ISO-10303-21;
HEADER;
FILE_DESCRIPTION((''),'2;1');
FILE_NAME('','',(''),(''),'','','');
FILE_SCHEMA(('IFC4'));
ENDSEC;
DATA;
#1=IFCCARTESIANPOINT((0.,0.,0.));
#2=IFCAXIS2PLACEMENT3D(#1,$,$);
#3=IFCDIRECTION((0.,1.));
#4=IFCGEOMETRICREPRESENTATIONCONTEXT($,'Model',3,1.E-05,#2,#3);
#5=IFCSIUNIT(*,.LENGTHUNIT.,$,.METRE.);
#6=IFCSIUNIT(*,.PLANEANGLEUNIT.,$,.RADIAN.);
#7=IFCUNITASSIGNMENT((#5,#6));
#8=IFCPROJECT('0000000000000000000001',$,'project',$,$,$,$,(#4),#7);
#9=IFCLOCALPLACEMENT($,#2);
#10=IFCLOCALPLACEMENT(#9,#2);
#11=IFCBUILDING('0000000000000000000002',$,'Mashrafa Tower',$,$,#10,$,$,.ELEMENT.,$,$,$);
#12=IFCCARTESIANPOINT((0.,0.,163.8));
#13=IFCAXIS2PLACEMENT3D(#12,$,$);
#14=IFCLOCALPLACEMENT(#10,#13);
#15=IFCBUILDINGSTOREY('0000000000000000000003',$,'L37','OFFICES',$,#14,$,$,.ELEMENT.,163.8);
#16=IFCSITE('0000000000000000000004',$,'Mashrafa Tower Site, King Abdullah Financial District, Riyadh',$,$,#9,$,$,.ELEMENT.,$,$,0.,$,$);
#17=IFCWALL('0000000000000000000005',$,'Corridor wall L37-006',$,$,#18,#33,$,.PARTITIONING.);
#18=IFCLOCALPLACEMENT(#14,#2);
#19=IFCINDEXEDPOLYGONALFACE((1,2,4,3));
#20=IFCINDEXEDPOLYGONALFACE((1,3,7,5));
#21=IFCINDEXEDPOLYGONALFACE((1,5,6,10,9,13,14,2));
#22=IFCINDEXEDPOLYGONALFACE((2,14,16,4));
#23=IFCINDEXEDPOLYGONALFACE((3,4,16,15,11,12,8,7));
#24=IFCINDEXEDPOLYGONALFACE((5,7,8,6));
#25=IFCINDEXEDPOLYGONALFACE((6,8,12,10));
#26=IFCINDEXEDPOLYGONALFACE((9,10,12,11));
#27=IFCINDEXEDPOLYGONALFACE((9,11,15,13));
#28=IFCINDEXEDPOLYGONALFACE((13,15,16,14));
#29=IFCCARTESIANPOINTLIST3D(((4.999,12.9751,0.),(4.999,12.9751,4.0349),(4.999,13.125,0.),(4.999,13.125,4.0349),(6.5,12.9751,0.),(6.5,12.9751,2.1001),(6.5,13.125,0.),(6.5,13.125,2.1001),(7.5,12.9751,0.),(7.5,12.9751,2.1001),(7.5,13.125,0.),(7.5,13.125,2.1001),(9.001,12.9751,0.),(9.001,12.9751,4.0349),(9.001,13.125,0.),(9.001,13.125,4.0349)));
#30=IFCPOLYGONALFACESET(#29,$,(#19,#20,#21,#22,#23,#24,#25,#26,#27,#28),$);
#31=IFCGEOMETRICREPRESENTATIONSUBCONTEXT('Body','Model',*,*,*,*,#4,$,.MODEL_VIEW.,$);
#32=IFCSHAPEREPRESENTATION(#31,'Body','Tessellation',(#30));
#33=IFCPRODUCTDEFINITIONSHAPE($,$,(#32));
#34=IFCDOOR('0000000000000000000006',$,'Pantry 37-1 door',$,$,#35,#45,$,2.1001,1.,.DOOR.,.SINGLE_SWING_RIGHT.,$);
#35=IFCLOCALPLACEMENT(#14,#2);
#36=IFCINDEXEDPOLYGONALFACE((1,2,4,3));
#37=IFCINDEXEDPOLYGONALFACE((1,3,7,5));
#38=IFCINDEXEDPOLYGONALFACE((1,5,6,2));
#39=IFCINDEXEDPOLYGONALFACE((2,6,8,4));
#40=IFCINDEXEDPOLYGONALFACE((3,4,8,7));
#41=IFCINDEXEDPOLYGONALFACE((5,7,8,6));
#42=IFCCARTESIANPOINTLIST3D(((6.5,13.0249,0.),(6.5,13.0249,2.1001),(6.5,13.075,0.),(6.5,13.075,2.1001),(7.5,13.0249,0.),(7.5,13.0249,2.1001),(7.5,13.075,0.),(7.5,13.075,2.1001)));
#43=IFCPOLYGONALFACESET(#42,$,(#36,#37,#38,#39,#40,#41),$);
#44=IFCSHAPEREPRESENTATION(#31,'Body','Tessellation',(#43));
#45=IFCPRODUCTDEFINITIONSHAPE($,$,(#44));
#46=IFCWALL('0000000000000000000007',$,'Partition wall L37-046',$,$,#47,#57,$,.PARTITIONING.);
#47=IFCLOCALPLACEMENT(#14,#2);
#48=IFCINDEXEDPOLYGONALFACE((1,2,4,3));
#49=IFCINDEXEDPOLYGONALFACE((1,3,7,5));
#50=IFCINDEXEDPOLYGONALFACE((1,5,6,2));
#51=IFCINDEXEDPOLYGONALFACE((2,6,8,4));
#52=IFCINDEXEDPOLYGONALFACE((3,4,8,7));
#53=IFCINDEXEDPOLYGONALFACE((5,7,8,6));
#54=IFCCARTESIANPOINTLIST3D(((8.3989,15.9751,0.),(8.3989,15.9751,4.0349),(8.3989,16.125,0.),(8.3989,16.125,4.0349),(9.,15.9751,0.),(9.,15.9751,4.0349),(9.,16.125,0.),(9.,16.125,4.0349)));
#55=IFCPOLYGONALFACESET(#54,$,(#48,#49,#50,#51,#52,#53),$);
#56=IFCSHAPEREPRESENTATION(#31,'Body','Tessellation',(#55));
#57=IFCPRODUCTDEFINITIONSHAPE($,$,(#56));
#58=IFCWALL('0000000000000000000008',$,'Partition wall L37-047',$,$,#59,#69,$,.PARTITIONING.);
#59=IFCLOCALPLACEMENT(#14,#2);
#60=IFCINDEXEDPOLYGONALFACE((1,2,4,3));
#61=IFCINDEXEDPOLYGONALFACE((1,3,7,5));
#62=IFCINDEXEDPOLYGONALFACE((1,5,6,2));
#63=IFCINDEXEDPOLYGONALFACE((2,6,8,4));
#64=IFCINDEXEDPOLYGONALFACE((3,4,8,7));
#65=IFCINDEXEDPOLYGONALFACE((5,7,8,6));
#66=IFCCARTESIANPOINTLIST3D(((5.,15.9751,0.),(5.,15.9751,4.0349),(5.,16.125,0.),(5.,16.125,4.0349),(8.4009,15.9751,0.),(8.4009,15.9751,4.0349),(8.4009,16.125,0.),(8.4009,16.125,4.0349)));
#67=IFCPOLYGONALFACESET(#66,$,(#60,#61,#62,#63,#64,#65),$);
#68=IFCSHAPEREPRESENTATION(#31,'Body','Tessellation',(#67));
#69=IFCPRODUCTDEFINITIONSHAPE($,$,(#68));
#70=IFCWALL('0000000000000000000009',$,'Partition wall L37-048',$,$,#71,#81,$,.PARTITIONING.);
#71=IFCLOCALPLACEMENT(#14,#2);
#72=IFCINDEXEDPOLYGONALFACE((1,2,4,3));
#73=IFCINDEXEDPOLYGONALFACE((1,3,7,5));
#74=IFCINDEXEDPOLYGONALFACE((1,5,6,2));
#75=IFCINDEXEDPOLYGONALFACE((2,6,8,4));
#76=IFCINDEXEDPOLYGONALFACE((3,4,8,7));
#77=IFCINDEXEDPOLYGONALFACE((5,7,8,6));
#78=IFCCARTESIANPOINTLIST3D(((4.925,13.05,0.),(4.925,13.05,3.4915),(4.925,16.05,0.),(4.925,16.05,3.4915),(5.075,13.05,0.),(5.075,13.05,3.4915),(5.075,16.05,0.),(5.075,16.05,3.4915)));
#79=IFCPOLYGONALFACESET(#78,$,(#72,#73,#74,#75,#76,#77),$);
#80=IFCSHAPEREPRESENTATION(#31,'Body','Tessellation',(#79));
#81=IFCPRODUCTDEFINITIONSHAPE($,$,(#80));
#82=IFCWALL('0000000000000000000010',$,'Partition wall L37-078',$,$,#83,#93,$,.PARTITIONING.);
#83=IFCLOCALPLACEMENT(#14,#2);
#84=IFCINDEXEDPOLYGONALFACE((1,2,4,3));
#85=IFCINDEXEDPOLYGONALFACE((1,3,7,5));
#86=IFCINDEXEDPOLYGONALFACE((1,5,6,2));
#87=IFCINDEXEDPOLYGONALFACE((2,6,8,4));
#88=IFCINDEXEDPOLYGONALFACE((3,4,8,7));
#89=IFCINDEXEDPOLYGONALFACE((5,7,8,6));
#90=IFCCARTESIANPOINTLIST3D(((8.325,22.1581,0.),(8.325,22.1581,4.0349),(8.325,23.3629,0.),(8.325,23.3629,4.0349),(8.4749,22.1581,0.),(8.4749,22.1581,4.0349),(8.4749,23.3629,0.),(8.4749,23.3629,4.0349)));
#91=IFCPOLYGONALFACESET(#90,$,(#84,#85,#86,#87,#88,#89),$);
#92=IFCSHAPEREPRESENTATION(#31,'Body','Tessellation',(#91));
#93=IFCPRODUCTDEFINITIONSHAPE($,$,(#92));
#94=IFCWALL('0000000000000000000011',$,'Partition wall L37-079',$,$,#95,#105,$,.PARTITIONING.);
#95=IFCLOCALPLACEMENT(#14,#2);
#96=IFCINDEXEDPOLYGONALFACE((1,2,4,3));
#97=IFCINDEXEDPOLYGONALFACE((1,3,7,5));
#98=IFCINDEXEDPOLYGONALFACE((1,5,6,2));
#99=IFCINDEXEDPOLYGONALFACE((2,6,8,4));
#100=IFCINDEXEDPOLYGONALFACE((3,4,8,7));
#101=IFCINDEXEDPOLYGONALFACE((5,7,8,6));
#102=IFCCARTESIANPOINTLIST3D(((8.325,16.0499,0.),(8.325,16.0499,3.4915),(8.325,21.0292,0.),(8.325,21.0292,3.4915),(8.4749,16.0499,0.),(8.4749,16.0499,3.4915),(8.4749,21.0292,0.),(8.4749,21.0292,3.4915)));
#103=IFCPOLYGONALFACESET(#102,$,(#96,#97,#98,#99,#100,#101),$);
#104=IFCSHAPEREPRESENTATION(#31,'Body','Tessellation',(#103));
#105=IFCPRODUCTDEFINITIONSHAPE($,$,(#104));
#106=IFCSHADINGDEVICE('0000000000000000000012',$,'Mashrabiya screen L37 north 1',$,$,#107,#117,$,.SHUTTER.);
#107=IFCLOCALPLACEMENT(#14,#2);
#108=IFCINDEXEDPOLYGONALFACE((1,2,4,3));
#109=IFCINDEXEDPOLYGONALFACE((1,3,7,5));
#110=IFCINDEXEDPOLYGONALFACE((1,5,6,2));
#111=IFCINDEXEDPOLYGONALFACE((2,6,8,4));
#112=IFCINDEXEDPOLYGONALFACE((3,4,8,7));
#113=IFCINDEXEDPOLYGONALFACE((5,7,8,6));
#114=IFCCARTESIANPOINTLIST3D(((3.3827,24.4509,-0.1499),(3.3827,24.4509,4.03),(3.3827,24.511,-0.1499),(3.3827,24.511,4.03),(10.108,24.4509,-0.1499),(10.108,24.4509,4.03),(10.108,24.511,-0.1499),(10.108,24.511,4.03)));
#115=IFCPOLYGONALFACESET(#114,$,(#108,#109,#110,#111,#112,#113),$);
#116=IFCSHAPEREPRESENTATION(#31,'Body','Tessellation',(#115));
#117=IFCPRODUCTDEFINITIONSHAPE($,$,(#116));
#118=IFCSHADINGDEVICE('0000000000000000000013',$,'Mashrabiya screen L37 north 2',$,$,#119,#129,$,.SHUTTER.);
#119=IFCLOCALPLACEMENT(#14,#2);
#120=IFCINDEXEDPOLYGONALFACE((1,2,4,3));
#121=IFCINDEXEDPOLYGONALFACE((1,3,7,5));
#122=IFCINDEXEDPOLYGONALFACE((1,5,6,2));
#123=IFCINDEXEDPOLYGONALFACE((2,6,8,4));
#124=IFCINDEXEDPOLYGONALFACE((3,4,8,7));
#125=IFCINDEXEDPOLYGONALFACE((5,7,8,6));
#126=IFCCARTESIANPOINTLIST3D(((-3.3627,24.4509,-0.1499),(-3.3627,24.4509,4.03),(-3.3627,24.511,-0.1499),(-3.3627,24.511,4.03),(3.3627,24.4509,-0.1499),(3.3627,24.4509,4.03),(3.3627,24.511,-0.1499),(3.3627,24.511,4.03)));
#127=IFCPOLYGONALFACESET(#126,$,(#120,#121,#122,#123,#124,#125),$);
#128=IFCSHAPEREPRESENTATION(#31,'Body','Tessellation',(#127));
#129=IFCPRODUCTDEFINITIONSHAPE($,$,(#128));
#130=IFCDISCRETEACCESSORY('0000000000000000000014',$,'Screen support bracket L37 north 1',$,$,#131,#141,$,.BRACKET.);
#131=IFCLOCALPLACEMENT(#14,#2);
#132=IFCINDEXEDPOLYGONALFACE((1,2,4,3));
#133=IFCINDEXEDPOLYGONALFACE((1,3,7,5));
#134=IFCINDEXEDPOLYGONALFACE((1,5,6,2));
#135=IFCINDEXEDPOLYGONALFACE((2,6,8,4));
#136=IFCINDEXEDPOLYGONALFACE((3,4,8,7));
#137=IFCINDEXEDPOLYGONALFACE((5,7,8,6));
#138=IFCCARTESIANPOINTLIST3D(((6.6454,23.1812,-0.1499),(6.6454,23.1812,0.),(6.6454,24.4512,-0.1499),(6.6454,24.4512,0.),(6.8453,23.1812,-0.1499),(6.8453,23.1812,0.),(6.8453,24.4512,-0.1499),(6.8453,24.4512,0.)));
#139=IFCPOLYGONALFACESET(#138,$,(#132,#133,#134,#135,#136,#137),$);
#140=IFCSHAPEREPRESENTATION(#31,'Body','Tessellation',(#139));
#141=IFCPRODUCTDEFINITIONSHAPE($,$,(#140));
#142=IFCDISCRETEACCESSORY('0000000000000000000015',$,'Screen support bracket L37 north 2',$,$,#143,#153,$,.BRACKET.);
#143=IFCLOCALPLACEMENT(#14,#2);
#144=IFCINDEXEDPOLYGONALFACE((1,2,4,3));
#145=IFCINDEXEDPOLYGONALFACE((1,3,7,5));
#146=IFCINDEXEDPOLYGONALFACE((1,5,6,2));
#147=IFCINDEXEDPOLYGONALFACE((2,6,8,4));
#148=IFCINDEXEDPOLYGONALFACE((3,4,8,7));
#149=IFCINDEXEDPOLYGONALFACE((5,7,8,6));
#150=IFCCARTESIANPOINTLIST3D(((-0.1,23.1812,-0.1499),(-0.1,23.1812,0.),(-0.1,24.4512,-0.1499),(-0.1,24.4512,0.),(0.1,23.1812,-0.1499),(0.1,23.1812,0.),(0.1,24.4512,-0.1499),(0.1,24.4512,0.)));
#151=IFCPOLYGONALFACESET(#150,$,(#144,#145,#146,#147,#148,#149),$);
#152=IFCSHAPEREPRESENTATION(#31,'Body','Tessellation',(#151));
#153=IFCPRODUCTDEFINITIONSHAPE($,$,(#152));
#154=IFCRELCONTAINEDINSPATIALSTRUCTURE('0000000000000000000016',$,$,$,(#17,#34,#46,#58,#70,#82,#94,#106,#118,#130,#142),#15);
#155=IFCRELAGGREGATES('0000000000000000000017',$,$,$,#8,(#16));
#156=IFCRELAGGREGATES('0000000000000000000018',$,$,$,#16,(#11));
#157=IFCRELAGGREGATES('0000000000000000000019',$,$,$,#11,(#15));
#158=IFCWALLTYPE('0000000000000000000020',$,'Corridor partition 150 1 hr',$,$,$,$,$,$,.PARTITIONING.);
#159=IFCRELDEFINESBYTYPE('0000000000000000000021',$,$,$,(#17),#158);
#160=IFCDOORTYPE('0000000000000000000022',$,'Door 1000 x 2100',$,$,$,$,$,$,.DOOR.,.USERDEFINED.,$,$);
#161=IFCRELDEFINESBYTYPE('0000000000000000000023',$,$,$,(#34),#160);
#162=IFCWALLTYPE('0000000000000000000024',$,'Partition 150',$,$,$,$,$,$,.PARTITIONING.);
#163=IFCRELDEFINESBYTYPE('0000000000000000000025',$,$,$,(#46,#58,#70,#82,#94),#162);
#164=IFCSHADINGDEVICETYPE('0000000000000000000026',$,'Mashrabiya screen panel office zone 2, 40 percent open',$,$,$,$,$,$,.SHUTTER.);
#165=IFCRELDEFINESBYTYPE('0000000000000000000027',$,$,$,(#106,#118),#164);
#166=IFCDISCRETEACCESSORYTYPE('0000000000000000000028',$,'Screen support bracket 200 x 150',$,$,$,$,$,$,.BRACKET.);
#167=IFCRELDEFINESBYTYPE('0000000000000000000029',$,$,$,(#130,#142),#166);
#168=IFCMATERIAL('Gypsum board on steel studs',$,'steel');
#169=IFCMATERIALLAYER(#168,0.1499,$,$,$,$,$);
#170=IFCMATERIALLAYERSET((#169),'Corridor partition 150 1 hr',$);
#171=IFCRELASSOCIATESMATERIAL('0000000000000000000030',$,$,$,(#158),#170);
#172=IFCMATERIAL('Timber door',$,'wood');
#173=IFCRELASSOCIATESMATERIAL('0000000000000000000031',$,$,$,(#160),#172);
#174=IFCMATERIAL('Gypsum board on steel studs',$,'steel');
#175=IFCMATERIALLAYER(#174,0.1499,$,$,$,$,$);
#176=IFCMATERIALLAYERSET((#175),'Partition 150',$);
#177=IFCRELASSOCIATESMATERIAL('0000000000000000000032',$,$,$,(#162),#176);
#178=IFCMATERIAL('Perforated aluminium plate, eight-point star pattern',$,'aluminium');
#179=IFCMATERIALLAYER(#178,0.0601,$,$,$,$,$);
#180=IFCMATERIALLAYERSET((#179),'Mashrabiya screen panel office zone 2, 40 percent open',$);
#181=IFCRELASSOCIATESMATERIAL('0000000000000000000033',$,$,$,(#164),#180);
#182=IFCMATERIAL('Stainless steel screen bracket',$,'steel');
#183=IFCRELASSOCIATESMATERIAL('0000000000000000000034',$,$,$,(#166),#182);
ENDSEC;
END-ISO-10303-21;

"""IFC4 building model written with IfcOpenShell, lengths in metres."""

from ifc_helpers import new_model, si_unit, direction, frame, frame_2d, origin, origin_2d, place, context, subcontext, project, spatial, rectangle, extrude, source, transform, mapped, material, layer, layer_set, type_object, type_shapes, element, fill, save


model = new_model("IFC4")

# Units and contexts
model_context = context("Model", 3, precision=1e-05, world=origin(), true_north=direction((0.0, 1.0)))
body_context = subcontext(model_context, "Body", "Model", "MODEL_VIEW")
ifc_project = project(units=[si_unit("LENGTHUNIT", "METRE"), si_unit("PLANEANGLEUNIT", "RADIAN")], contexts=[model_context])

# Site, building, storey
site_placement = place(None, origin())
site = spatial("IfcSite", under=ifc_project, at=site_placement, Name="Mashrafa Tower Site, King Abdullah Financial District, Riyadh", CompositionType="ELEMENT", RefElevation=0.0)
building_placement = place(site_placement, origin())
building = spatial("IfcBuilding", under=site, at=building_placement, Name="Mashrafa Tower", CompositionType="ELEMENT")
storey_placement = place(building_placement, frame((0.0, 0.0, 163.8)))
storey = spatial("IfcBuildingStorey", under=building, at=storey_placement, Name="L37", Description="OFFICES", CompositionType="ELEMENT", Elevation=163.8)

# Wall, opening, door
ifc_material_1 = material(Name="Gypsum board on steel studs", Category="steel")
ifc_layer_1 = layer(ifc_material_1, 0.1499)
ifc_layer_set_1 = layer_set([ifc_layer_1], Name="Corridor partition 150 1 hr")
wall_type_1 = type_object("IfcWallType", Name="Corridor partition 150 1 hr", PredefinedType="PARTITIONING", material=ifc_layer_set_1)
wall_1_placement = place(storey_placement, frame((9.001, 13.05, 0.0), z_axis=(0.0, 0.0, 1.0), x_axis=(-1.0, 0.0, 0.0)))
wall_1 = element("IfcWall", 1, at=wall_1_placement, inside=storey, type_object=wall_type_1, Name="Corridor wall L37-006", PredefinedType="PARTITIONING", context=body_context, shape_type="SweptSolid", body=[
    extrude(rectangle(XDim=4.002, YDim=0.1499, at=frame_2d((2.001, 0.0))), origin(), (0.0, 0.0, 1.0), 4.0349),
])
opening_placement = place(wall_1_placement, frame((1.501, 0.0, 0.0)))
opening = element("IfcOpeningElement", 2, at=opening_placement, cuts=wall_1, PredefinedType="OPENING", context=body_context, shape_type="SweptSolid", body=[
    extrude(rectangle(XDim=1.0, YDim=2.1001, at=frame_2d((0.5, 1.05))), frame((0.0, 0.085, 0.0), z_axis=(0.0, -1.0, 0.0), x_axis=(1.0, 0.0, 0.0)), (0.0, 0.0, 1.0), 0.1699),
])
ifc_material_2 = material(Name="Timber door", Category="wood")
door_type = type_object("IfcDoorType", Name="Door 1000 x 2100", OperationType="USERDEFINED", PredefinedType="DOOR", material=ifc_material_2)
door_placement = place(opening_placement, frame((1.0, 0.0, 0.0), z_axis=(0.0, 0.0, 1.0), x_axis=(-1.0, 0.0, 0.0)))
door = element("IfcDoor", 3, at=door_placement, inside=storey, type_object=door_type, Name="Pantry 37-1 door", OperationType="SINGLE_SWING_RIGHT", OverallHeight=2.1001, OverallWidth=1.0, PredefinedType="DOOR", context=body_context, shape_type="SweptSolid", body=[
    extrude(rectangle(XDim=1.0, YDim=2.1001, at=frame_2d((0.5, 1.05))), frame((0.0, 0.0249, 0.0), z_axis=(0.0, -1.0, 0.0), x_axis=(1.0, 0.0, 0.0)), (0.0, 0.0, 1.0), 0.05),
])
fill(opening, door)

# Walls
ifc_material_3 = material(Name="Gypsum board on steel studs", Category="steel")
ifc_layer_2 = layer(ifc_material_3, 0.1499)
ifc_layer_set_2 = layer_set([ifc_layer_2], Name="Partition 150")
wall_type_2 = type_object("IfcWallType", Name="Partition 150", PredefinedType="PARTITIONING", material=ifc_layer_set_2)
wall_2_placement = place(storey_placement, frame((9.0, 16.05, 0.0), z_axis=(0.0, 0.0, 1.0), x_axis=(-1.0, 0.0, 0.0)))
element("IfcWall", 4, at=wall_2_placement, inside=storey, type_object=wall_type_2, Name="Partition wall L37-046", PredefinedType="PARTITIONING", context=body_context, shape_type="SweptSolid", body=[
    extrude(rectangle(XDim=0.6011, YDim=0.1499, at=frame_2d((0.3005, 0.0))), origin(), (0.0, 0.0, 1.0), 4.0349),
])
wall_3_placement = place(storey_placement, frame((8.4009, 16.05, 0.0), z_axis=(0.0, 0.0, 1.0), x_axis=(-1.0, 0.0, 0.0)))
element("IfcWall", 5, at=wall_3_placement, inside=storey, type_object=wall_type_2, Name="Partition wall L37-047", PredefinedType="PARTITIONING", context=body_context, shape_type="SweptSolid", body=[
    extrude(rectangle(XDim=3.4009, YDim=0.1499, at=frame_2d((1.7004, 0.0))), origin(), (0.0, 0.0, 1.0), 4.0349),
])
wall_4_placement = place(storey_placement, frame((5.0, 16.05, 0.0), z_axis=(0.0, 0.0, 1.0), x_axis=(0.0, -1.0, 0.0)))
element("IfcWall", 6, at=wall_4_placement, inside=storey, type_object=wall_type_2, Name="Partition wall L37-048", PredefinedType="PARTITIONING", context=body_context, shape_type="SweptSolid", body=[
    extrude(rectangle(XDim=3.0, YDim=0.1499, at=frame_2d((1.5, 0.0))), origin(), (0.0, 0.0, 1.0), 3.4915),
])
wall_5_placement = place(storey_placement, frame((8.3999, 23.363, 0.0), z_axis=(0.0, 0.0, 1.0), x_axis=(0.0, -1.0, 0.0)))
element("IfcWall", 7, at=wall_5_placement, inside=storey, type_object=wall_type_2, Name="Partition wall L37-078", PredefinedType="PARTITIONING", context=body_context, shape_type="SweptSolid", body=[
    extrude(rectangle(XDim=1.2048, YDim=0.1499, at=frame_2d((0.6025, 0.0))), origin(), (0.0, 0.0, 1.0), 4.0349),
])
wall_6_placement = place(storey_placement, frame((8.3999, 21.0293, 0.0), z_axis=(0.0, 0.0, 1.0), x_axis=(0.0, -1.0, 0.0)))
element("IfcWall", 8, at=wall_6_placement, inside=storey, type_object=wall_type_2, Name="Partition wall L37-079", PredefinedType="PARTITIONING", context=body_context, shape_type="SweptSolid", body=[
    extrude(rectangle(XDim=4.9792, YDim=0.1499, at=frame_2d((2.4897, 0.0))), origin(), (0.0, 0.0, 1.0), 3.4915),
])

# Shading devices
ifc_material_4 = material(Name="Perforated aluminium plate, eight-point star pattern", Category="aluminium")
ifc_layer_3 = layer(ifc_material_4, 0.0601)
ifc_layer_set_3 = layer_set([ifc_layer_3], Name="Mashrabiya screen panel office zone 2, 40 percent open")
shading_device_type = type_object("IfcShadingDeviceType", Name="Mashrabiya screen panel office zone 2, 40 percent open", PredefinedType="SHUTTER", material=ifc_layer_set_3)
shared_shape_1 = source(origin(), body_context, "Body", "SweptSolid", [
    extrude(rectangle(XDim=6.7253, YDim=0.0601, at=origin_2d()), origin(), (0.0, 0.0, 1.0), 4.1799),
])
type_shapes(shading_device_type, [shared_shape_1])
for number, where, z_axis, x_axis, name in (
    (9, (6.7454, 24.481, -0.1499), (0.0, 0.0, 1.0), (-1.0, 0.0, 0.0), "Mashrabiya screen L37 north 1"),
    (10, (0.0, 24.481, -0.1499), (0.0, 0.0, 1.0), (-1.0, 0.0, 0.0), "Mashrabiya screen L37 north 2"),
):
    element("IfcShadingDevice", number, at=place(storey_placement, frame(where, z_axis=z_axis, x_axis=x_axis)), inside=storey, type_object=shading_device_type, Name=name, PredefinedType="SHUTTER", context=body_context, shape_type="MappedRepresentation", body=[
        mapped(shared_shape_1, transform((0.0, 0.0, 0.0))),
    ])

# Discrete accessories
ifc_material_5 = material(Name="Stainless steel screen bracket", Category="steel")
discrete_accessory_type = type_object("IfcDiscreteAccessoryType", Name="Screen support bracket 200 x 150", PredefinedType="BRACKET", material=ifc_material_5)
shared_shape_2 = source(origin(), body_context, "Body", "SweptSolid", [
    extrude(rectangle(XDim=0.2, YDim=1.27, at=origin_2d()), origin(), (0.0, 0.0, 1.0), 0.1499),
])
type_shapes(discrete_accessory_type, [shared_shape_2])
for number, where, z_axis, x_axis, name in (
    (11, (6.7454, 23.8162, -0.1499), (0.0, 0.0, 1.0), (-1.0, 0.0, 0.0), "Screen support bracket L37 north 1"),
    (12, (0.0, 23.8162, -0.1499), (0.0, 0.0, 1.0), (-1.0, 0.0, 0.0), "Screen support bracket L37 north 2"),
):
    element("IfcDiscreteAccessory", number, at=place(storey_placement, frame(where, z_axis=z_axis, x_axis=x_axis)), inside=storey, type_object=discrete_accessory_type, Name=name, PredefinedType="BRACKET", context=body_context, shape_type="MappedRepresentation", body=[
        mapped(shared_shape_2, transform((0.0, 0.0, 0.0))),
    ])

save(model, "model.ifc")
